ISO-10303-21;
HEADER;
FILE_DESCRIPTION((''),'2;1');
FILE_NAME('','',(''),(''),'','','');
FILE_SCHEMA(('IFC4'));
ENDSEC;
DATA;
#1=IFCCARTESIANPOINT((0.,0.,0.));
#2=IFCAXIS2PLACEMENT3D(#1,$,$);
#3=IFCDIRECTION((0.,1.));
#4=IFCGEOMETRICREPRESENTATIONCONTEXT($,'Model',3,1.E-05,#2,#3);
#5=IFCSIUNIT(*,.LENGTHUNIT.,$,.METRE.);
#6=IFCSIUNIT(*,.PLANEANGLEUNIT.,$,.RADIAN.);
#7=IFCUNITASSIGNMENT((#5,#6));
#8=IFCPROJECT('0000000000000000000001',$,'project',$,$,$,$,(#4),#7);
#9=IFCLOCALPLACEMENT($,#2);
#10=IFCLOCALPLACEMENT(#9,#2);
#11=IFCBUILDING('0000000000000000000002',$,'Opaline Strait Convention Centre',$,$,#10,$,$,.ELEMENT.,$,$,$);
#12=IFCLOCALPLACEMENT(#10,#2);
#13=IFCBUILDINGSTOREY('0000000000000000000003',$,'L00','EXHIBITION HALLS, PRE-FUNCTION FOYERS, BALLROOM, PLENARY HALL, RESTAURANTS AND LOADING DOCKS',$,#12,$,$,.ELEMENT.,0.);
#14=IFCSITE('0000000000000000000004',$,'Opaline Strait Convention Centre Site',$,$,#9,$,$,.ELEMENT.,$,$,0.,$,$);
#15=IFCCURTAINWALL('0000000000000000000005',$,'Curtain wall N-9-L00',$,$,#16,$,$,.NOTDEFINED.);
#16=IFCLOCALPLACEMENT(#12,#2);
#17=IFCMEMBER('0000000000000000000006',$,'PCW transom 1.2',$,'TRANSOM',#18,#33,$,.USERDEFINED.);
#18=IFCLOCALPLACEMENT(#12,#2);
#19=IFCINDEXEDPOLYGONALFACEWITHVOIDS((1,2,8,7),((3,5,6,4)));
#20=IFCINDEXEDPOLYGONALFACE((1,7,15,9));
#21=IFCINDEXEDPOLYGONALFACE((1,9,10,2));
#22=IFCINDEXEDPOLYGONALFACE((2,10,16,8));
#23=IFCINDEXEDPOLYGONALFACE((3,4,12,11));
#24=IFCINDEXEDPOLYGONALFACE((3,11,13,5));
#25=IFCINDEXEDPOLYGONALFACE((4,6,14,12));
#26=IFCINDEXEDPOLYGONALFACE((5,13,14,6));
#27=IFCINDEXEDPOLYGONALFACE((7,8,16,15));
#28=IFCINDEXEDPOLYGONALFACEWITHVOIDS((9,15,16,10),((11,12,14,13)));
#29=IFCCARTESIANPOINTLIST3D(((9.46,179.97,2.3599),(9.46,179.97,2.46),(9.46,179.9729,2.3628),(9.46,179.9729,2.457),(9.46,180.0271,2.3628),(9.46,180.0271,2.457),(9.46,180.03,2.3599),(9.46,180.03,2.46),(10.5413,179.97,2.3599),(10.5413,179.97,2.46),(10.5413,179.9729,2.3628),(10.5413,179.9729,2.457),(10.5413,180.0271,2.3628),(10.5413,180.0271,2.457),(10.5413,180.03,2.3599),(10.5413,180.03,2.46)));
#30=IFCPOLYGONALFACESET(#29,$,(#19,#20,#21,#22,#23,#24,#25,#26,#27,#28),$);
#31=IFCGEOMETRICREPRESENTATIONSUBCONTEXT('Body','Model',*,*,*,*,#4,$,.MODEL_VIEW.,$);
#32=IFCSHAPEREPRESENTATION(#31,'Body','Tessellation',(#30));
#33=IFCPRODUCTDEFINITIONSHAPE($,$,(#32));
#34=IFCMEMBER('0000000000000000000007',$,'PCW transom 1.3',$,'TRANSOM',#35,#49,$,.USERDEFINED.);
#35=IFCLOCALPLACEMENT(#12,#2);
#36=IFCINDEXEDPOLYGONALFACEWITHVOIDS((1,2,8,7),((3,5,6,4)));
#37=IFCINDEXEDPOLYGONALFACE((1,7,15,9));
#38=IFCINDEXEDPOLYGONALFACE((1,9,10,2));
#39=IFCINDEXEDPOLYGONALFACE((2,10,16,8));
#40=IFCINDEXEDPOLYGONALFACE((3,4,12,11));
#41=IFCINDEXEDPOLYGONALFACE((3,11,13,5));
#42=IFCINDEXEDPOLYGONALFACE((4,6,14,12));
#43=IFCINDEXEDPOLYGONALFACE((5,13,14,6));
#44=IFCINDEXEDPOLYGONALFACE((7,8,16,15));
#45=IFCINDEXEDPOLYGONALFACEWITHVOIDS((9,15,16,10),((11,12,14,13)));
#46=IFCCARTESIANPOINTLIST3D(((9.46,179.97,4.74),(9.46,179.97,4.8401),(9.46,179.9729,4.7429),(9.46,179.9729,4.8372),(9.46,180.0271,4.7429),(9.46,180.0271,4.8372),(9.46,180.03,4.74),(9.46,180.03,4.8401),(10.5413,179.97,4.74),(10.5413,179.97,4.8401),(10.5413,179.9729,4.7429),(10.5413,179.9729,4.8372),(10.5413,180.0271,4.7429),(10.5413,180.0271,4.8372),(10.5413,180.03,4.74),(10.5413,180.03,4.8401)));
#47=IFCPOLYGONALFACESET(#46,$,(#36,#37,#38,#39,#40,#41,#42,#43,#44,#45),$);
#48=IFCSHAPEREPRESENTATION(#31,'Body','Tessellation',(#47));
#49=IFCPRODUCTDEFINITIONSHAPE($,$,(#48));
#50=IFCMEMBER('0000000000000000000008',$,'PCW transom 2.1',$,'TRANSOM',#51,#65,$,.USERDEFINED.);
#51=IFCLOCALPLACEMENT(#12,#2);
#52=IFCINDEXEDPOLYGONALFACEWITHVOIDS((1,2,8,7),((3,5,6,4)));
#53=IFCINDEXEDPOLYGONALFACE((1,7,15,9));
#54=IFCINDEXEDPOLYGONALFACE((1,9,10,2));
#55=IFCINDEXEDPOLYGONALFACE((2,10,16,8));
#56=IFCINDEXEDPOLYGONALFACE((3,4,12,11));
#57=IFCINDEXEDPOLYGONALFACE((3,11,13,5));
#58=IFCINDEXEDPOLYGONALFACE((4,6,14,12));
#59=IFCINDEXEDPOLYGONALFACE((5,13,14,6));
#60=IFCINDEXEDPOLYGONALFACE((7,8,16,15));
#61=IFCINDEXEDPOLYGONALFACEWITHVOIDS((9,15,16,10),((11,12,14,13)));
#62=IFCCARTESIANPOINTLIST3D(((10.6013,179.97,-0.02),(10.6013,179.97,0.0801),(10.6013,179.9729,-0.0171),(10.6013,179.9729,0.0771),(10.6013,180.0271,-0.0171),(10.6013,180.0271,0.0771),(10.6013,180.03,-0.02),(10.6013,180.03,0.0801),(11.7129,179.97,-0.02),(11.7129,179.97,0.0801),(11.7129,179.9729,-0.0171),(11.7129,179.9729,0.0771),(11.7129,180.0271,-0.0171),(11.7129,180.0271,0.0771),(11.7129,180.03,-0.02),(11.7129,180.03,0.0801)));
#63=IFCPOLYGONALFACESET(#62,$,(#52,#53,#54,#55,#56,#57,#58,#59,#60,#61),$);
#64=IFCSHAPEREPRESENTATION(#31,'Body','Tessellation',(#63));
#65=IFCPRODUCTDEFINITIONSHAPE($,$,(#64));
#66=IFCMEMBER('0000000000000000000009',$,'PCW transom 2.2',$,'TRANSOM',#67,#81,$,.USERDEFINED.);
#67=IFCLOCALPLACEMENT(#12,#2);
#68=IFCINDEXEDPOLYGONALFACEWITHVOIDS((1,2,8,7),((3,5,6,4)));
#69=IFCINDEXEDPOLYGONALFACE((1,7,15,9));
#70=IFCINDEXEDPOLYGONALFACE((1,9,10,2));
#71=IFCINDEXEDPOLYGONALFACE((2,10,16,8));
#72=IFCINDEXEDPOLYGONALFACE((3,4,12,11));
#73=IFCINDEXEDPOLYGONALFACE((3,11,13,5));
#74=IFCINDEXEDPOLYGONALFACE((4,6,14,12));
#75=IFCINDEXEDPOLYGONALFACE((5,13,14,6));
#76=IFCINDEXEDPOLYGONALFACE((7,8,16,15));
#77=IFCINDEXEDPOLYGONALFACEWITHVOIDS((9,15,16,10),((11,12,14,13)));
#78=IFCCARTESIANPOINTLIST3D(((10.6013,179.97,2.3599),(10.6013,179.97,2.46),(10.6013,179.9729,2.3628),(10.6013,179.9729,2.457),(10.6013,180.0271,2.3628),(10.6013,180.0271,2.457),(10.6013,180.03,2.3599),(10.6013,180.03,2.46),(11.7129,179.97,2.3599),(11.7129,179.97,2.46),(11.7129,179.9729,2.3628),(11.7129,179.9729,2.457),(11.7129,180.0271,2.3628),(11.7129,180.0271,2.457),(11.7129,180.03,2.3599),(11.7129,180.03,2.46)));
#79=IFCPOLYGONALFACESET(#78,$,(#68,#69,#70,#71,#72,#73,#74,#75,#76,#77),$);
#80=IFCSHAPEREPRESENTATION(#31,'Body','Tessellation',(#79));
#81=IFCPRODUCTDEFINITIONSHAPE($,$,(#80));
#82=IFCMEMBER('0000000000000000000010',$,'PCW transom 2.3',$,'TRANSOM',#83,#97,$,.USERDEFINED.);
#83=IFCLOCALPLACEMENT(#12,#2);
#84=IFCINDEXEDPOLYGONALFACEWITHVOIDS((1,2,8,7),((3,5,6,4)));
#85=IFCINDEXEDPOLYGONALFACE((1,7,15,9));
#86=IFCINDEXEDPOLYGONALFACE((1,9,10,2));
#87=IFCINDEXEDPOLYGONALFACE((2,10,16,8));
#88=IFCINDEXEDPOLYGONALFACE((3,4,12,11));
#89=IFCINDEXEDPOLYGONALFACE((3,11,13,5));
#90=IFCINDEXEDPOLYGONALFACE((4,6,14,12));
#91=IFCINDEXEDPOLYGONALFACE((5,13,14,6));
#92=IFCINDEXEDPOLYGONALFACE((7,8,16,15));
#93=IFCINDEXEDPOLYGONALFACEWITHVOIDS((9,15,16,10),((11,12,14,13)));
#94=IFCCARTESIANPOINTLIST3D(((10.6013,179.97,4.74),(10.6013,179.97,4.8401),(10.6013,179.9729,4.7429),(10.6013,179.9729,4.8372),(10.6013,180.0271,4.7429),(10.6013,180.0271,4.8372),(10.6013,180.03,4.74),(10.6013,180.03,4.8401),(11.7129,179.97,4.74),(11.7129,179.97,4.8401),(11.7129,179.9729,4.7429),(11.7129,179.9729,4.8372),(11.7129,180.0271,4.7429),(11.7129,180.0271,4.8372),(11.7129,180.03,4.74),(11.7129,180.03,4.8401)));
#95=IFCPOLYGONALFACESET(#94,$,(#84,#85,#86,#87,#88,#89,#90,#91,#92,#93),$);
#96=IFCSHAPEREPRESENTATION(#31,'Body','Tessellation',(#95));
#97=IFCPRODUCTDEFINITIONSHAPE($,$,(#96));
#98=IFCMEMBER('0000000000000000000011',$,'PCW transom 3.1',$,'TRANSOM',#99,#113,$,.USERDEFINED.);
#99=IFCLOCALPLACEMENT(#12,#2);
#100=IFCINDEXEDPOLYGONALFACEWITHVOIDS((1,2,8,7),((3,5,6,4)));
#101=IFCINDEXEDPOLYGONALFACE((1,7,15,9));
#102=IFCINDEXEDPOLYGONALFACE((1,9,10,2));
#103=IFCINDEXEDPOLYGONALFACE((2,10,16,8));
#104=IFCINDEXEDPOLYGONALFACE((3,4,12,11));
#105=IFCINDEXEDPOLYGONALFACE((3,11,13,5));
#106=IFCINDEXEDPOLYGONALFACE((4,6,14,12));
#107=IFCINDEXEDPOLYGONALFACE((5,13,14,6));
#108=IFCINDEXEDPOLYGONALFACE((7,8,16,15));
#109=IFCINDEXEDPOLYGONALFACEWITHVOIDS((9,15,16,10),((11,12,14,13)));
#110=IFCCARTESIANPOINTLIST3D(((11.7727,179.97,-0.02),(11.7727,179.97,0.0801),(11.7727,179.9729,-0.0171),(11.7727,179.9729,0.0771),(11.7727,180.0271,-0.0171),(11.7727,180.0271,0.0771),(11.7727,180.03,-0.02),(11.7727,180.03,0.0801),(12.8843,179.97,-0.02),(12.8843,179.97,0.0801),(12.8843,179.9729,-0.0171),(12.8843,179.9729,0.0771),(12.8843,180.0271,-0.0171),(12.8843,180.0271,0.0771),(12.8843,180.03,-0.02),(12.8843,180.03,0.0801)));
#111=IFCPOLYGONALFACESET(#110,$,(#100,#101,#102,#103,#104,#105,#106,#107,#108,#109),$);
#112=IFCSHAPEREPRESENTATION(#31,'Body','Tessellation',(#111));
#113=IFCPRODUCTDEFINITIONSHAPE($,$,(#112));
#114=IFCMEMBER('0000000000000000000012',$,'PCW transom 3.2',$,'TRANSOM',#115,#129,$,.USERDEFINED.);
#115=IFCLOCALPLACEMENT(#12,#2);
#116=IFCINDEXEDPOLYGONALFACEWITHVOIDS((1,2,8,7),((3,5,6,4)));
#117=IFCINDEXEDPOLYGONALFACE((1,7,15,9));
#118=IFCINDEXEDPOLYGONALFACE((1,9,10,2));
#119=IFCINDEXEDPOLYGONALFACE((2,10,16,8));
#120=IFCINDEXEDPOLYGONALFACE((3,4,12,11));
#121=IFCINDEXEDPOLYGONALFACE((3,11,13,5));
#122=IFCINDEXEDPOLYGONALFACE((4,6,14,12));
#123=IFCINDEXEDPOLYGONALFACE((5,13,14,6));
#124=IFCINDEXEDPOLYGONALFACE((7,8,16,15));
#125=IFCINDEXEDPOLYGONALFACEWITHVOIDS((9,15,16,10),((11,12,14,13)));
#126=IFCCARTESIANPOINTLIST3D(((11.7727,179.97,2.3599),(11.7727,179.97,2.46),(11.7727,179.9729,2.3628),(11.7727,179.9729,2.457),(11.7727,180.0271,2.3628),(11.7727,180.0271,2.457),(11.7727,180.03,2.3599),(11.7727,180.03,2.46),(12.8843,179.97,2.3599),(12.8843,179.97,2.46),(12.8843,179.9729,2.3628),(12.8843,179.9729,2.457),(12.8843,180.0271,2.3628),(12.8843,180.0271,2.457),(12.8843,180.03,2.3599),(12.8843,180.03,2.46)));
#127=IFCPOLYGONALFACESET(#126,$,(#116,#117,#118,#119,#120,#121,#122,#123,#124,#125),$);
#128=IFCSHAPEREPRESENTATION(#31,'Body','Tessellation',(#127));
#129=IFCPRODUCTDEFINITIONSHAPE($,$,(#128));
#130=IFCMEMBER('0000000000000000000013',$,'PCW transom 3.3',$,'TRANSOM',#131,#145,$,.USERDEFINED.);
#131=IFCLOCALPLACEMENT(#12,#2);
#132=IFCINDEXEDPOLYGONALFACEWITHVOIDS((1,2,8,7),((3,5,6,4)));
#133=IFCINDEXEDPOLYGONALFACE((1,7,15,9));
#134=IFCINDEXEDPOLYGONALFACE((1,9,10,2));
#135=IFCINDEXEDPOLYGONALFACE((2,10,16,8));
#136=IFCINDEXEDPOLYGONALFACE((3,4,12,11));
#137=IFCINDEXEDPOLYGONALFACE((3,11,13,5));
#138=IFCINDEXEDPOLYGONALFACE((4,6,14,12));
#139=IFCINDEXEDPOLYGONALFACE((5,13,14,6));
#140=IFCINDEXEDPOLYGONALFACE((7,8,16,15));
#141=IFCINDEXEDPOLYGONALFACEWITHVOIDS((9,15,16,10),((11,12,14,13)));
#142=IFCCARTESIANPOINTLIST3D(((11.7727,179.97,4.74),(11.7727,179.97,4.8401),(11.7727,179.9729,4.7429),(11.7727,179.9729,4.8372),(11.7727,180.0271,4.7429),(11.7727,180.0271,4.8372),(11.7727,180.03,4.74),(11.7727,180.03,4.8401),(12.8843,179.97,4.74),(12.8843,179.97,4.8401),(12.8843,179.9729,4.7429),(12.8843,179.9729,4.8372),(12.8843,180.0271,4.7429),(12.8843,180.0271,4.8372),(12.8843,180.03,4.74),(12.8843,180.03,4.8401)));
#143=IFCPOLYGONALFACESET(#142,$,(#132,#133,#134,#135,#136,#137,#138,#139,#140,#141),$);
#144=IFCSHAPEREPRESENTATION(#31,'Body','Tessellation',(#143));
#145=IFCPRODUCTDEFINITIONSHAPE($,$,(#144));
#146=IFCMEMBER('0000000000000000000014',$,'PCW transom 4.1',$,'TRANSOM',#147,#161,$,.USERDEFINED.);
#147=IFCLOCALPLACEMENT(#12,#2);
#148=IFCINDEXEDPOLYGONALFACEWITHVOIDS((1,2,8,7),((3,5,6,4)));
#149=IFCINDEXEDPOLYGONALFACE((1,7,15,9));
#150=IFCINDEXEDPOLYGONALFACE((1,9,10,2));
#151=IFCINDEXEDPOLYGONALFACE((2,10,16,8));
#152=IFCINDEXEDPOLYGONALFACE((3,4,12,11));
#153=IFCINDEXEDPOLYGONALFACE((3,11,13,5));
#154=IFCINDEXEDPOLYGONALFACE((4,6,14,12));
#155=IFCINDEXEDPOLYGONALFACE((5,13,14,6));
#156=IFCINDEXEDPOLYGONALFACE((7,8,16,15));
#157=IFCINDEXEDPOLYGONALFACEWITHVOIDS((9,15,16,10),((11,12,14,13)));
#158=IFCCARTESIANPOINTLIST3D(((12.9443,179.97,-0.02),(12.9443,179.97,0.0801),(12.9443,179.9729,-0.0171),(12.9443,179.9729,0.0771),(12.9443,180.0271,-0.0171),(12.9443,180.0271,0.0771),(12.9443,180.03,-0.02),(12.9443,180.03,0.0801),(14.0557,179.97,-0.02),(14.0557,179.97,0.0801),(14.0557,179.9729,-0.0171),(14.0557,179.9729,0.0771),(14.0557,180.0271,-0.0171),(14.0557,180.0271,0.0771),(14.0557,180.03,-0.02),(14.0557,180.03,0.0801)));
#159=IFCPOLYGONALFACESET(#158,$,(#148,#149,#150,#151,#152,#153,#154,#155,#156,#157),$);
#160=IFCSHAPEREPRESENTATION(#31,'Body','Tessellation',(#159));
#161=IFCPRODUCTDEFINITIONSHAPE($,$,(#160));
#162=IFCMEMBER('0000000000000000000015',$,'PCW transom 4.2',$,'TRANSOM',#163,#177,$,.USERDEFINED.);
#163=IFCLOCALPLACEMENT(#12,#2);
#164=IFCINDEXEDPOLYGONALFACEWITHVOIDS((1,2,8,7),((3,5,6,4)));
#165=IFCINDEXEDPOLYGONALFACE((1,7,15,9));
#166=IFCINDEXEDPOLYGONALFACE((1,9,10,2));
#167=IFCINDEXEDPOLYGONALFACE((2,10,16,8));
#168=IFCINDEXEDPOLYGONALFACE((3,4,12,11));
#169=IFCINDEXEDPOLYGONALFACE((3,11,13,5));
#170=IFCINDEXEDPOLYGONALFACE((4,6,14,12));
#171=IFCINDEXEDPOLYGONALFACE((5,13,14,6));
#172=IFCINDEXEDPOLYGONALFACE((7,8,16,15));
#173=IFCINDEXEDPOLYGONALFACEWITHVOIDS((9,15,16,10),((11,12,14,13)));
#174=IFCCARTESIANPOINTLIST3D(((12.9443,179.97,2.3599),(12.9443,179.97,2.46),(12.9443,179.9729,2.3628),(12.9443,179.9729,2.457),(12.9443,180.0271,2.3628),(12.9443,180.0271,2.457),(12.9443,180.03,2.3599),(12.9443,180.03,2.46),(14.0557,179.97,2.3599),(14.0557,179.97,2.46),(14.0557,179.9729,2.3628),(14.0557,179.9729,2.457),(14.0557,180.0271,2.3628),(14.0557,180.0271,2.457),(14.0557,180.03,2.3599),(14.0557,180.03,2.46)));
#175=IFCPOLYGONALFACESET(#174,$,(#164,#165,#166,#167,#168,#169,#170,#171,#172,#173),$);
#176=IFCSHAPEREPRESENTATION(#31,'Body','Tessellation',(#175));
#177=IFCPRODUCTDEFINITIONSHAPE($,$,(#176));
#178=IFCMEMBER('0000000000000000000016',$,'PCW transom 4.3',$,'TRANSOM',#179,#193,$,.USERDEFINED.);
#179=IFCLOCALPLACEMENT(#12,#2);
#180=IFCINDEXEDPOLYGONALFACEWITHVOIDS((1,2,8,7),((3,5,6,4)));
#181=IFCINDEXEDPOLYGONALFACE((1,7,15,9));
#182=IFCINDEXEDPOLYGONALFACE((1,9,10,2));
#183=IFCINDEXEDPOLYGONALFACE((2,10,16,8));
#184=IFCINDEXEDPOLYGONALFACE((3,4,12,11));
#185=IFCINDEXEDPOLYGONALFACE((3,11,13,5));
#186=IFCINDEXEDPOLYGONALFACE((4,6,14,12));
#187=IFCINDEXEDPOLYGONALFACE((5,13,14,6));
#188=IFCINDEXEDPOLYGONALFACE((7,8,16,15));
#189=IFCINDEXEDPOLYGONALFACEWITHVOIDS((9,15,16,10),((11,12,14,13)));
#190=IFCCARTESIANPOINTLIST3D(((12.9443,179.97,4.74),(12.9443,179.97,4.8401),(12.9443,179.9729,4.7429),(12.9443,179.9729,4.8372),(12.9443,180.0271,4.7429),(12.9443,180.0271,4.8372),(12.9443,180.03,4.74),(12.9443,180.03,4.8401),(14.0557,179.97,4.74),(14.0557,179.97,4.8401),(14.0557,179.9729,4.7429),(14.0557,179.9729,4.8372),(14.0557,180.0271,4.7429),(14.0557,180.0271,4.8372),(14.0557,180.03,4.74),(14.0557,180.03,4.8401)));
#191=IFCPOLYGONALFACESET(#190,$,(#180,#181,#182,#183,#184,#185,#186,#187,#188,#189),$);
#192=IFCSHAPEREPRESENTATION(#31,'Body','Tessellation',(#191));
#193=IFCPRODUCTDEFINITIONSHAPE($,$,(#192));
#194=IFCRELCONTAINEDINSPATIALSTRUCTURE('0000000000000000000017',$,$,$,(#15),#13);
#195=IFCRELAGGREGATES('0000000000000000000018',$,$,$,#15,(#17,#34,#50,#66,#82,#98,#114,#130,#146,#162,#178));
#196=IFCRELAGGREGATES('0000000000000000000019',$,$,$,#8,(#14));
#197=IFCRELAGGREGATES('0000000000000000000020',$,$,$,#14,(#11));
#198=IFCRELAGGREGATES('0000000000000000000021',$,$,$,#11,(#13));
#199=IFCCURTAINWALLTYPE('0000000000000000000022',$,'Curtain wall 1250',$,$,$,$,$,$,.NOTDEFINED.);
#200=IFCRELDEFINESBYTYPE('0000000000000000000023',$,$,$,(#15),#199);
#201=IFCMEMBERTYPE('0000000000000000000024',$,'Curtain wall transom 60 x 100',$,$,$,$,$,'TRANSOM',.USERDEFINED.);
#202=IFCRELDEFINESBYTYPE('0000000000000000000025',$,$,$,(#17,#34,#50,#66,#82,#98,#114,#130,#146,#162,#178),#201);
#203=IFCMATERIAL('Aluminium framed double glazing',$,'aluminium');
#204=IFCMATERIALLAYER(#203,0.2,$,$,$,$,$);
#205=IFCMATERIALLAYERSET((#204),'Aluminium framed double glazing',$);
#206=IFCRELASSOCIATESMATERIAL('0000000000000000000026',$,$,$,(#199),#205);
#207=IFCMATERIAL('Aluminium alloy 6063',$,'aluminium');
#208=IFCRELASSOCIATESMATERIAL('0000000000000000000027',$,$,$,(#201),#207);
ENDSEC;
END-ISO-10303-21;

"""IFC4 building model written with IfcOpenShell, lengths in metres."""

from ifc_helpers import new_model, si_unit, direction, frame, origin, origin_2d, place, context, subcontext, project, spatial, hollow_rectangle, extrude, material, layer, layer_set, material_profile, profile_set, type_object, element, aggregate, save


model = new_model("IFC4")

# Units and contexts
model_context = context("Model", 3, precision=1e-05, world=origin(), true_north=direction((0.0, 1.0)))
body_context = subcontext(model_context, "Body", "Model", "MODEL_VIEW")
ifc_project = project(units=[si_unit("LENGTHUNIT", "METRE"), si_unit("PLANEANGLEUNIT", "RADIAN")], contexts=[model_context])

# Site, building, storey
site_placement = place(None, origin())
site = spatial("IfcSite", under=ifc_project, at=site_placement, Name="Opaline Strait Convention Centre Site", CompositionType="ELEMENT", RefElevation=0.0)
building_placement = place(site_placement, origin())
building = spatial("IfcBuilding", under=site, at=building_placement, Name="Opaline Strait Convention Centre", CompositionType="ELEMENT")
storey_placement = place(building_placement, origin())
storey = spatial("IfcBuildingStorey", under=building, at=storey_placement, Name="L00", Description="EXHIBITION HALLS, PRE-FUNCTION FOYERS, BALLROOM, PLENARY HALL, RESTAURANTS AND LOADING DOCKS", CompositionType="ELEMENT", Elevation=0.0)

# Curtain wall, members
ifc_material_1 = material(Name="Aluminium framed double glazing", Category="aluminium")
ifc_layer_1 = layer(ifc_material_1, 0.2)
ifc_layer_set_1 = layer_set([ifc_layer_1], Name="Aluminium framed double glazing")
curtain_wall_type = type_object("IfcCurtainWallType", Name="Curtain wall 1250", PredefinedType="NOTDEFINED", material=ifc_layer_set_1)
curtain_wall_placement = place(storey_placement, origin())
curtain_wall = element("IfcCurtainWall", 1, at=curtain_wall_placement, inside=storey, type_object=curtain_wall_type, Name="Curtain wall N-9-L00", PredefinedType="NOTDEFINED")
ifc_material_2 = material(Name="Aluminium alloy 6063", Category="aluminium")
ifc_material_profile_1 = material_profile(ifc_material_2, hollow_rectangle(XDim=0.0601, YDim=0.1001, WallThickness=0.0029, at=origin_2d()), Name="TRANSOM 60x100x3")
ifc_profile_set_1 = profile_set([ifc_material_profile_1], Name="Aluminium alloy 6063")
member_type_1 = type_object("IfcMemberType", Name="Curtain wall transom 60 x 100", ElementType="TRANSOM", PredefinedType="USERDEFINED", material=ifc_profile_set_1)
member_1_placement = place(storey_placement, frame((9.46, 180.0, 2.4099), z_axis=(1.0, 0.0, 0.0), x_axis=(0.0, 1.0, 0.0)))
member_1 = element("IfcMember", 2, at=member_1_placement, type_object=member_type_1, Name="PCW transom 1.2", ObjectType="TRANSOM", PredefinedType="USERDEFINED", context=body_context, shape_type="SweptSolid", body=[
    extrude(hollow_rectangle(XDim=0.0601, YDim=0.1001, WallThickness=0.0029, at=origin_2d()), origin(), (0.0, 0.0, 1.0), 1.0813),
])
member_2_placement = place(storey_placement, frame((9.46, 180.0, 4.79), z_axis=(1.0, 0.0, 0.0), x_axis=(0.0, 1.0, 0.0)))
member_2 = element("IfcMember", 3, at=member_2_placement, type_object=member_type_1, Name="PCW transom 1.3", ObjectType="TRANSOM", PredefinedType="USERDEFINED", context=body_context, shape_type="SweptSolid", body=[
    extrude(hollow_rectangle(XDim=0.0601, YDim=0.1001, WallThickness=0.0029, at=origin_2d()), origin(), (0.0, 0.0, 1.0), 1.0813),
])
member_3_placement = place(storey_placement, frame((10.6013, 180.0, 0.03), z_axis=(1.0, 0.0, 0.0), x_axis=(0.0, 1.0, 0.0)))
member_3 = element("IfcMember", 4, at=member_3_placement, type_object=member_type_1, Name="PCW transom 2.1", ObjectType="TRANSOM", PredefinedType="USERDEFINED", context=body_context, shape_type="SweptSolid", body=[
    extrude(hollow_rectangle(XDim=0.0601, YDim=0.1001, WallThickness=0.0029, at=origin_2d()), origin(), (0.0, 0.0, 1.0), 1.1116),
])
member_4_placement = place(storey_placement, frame((10.6013, 180.0, 2.4099), z_axis=(1.0, 0.0, 0.0), x_axis=(0.0, 1.0, 0.0)))
member_4 = element("IfcMember", 5, at=member_4_placement, type_object=member_type_1, Name="PCW transom 2.2", ObjectType="TRANSOM", PredefinedType="USERDEFINED", context=body_context, shape_type="SweptSolid", body=[
    extrude(hollow_rectangle(XDim=0.0601, YDim=0.1001, WallThickness=0.0029, at=origin_2d()), origin(), (0.0, 0.0, 1.0), 1.1116),
])
member_5_placement = place(storey_placement, frame((10.6013, 180.0, 4.79), z_axis=(1.0, 0.0, 0.0), x_axis=(0.0, 1.0, 0.0)))
member_5 = element("IfcMember", 6, at=member_5_placement, type_object=member_type_1, Name="PCW transom 2.3", ObjectType="TRANSOM", PredefinedType="USERDEFINED", context=body_context, shape_type="SweptSolid", body=[
    extrude(hollow_rectangle(XDim=0.0601, YDim=0.1001, WallThickness=0.0029, at=origin_2d()), origin(), (0.0, 0.0, 1.0), 1.1116),
])
member_6_placement = place(storey_placement, frame((11.7727, 180.0, 0.03), z_axis=(1.0, 0.0, 0.0), x_axis=(0.0, 1.0, 0.0)))
member_6 = element("IfcMember", 7, at=member_6_placement, type_object=member_type_1, Name="PCW transom 3.1", ObjectType="TRANSOM", PredefinedType="USERDEFINED", context=body_context, shape_type="SweptSolid", body=[
    extrude(hollow_rectangle(XDim=0.0601, YDim=0.1001, WallThickness=0.0029, at=origin_2d()), origin(), (0.0, 0.0, 1.0), 1.1116),
])
member_7_placement = place(storey_placement, frame((11.7727, 180.0, 2.4099), z_axis=(1.0, 0.0, 0.0), x_axis=(0.0, 1.0, 0.0)))
member_7 = element("IfcMember", 8, at=member_7_placement, type_object=member_type_1, Name="PCW transom 3.2", ObjectType="TRANSOM", PredefinedType="USERDEFINED", context=body_context, shape_type="SweptSolid", body=[
    extrude(hollow_rectangle(XDim=0.0601, YDim=0.1001, WallThickness=0.0029, at=origin_2d()), origin(), (0.0, 0.0, 1.0), 1.1116),
])
member_8_placement = place(storey_placement, frame((11.7727, 180.0, 4.79), z_axis=(1.0, 0.0, 0.0), x_axis=(0.0, 1.0, 0.0)))
member_8 = element("IfcMember", 9, at=member_8_placement, type_object=member_type_1, Name="PCW transom 3.3", ObjectType="TRANSOM", PredefinedType="USERDEFINED", context=body_context, shape_type="SweptSolid", body=[
    extrude(hollow_rectangle(XDim=0.0601, YDim=0.1001, WallThickness=0.0029, at=origin_2d()), origin(), (0.0, 0.0, 1.0), 1.1116),
])
member_9_placement = place(storey_placement, frame((12.9443, 180.0, 0.03), z_axis=(1.0, 0.0, 0.0), x_axis=(0.0, 1.0, 0.0)))
member_9 = element("IfcMember", 10, at=member_9_placement, type_object=member_type_1, Name="PCW transom 4.1", ObjectType="TRANSOM", PredefinedType="USERDEFINED", context=body_context, shape_type="SweptSolid", body=[
    extrude(hollow_rectangle(XDim=0.0601, YDim=0.1001, WallThickness=0.0029, at=origin_2d()), origin(), (0.0, 0.0, 1.0), 1.1113),
])
member_10_placement = place(storey_placement, frame((12.9443, 180.0, 2.4099), z_axis=(1.0, 0.0, 0.0), x_axis=(0.0, 1.0, 0.0)))
member_10 = element("IfcMember", 11, at=member_10_placement, type_object=member_type_1, Name="PCW transom 4.2", ObjectType="TRANSOM", PredefinedType="USERDEFINED", context=body_context, shape_type="SweptSolid", body=[
    extrude(hollow_rectangle(XDim=0.0601, YDim=0.1001, WallThickness=0.0029, at=origin_2d()), origin(), (0.0, 0.0, 1.0), 1.1113),
])
member_11_placement = place(storey_placement, frame((12.9443, 180.0, 4.79), z_axis=(1.0, 0.0, 0.0), x_axis=(0.0, 1.0, 0.0)))
member_11 = element("IfcMember", 12, at=member_11_placement, type_object=member_type_1, Name="PCW transom 4.3", ObjectType="TRANSOM", PredefinedType="USERDEFINED", context=body_context, shape_type="SweptSolid", body=[
    extrude(hollow_rectangle(XDim=0.0601, YDim=0.1001, WallThickness=0.0029, at=origin_2d()), origin(), (0.0, 0.0, 1.0), 1.1113),
])

aggregate(curtain_wall, [member_1, member_2, member_3, member_4, member_5, member_6, member_7, member_8, member_9, member_10, member_11])

save(model, "model.ifc")
